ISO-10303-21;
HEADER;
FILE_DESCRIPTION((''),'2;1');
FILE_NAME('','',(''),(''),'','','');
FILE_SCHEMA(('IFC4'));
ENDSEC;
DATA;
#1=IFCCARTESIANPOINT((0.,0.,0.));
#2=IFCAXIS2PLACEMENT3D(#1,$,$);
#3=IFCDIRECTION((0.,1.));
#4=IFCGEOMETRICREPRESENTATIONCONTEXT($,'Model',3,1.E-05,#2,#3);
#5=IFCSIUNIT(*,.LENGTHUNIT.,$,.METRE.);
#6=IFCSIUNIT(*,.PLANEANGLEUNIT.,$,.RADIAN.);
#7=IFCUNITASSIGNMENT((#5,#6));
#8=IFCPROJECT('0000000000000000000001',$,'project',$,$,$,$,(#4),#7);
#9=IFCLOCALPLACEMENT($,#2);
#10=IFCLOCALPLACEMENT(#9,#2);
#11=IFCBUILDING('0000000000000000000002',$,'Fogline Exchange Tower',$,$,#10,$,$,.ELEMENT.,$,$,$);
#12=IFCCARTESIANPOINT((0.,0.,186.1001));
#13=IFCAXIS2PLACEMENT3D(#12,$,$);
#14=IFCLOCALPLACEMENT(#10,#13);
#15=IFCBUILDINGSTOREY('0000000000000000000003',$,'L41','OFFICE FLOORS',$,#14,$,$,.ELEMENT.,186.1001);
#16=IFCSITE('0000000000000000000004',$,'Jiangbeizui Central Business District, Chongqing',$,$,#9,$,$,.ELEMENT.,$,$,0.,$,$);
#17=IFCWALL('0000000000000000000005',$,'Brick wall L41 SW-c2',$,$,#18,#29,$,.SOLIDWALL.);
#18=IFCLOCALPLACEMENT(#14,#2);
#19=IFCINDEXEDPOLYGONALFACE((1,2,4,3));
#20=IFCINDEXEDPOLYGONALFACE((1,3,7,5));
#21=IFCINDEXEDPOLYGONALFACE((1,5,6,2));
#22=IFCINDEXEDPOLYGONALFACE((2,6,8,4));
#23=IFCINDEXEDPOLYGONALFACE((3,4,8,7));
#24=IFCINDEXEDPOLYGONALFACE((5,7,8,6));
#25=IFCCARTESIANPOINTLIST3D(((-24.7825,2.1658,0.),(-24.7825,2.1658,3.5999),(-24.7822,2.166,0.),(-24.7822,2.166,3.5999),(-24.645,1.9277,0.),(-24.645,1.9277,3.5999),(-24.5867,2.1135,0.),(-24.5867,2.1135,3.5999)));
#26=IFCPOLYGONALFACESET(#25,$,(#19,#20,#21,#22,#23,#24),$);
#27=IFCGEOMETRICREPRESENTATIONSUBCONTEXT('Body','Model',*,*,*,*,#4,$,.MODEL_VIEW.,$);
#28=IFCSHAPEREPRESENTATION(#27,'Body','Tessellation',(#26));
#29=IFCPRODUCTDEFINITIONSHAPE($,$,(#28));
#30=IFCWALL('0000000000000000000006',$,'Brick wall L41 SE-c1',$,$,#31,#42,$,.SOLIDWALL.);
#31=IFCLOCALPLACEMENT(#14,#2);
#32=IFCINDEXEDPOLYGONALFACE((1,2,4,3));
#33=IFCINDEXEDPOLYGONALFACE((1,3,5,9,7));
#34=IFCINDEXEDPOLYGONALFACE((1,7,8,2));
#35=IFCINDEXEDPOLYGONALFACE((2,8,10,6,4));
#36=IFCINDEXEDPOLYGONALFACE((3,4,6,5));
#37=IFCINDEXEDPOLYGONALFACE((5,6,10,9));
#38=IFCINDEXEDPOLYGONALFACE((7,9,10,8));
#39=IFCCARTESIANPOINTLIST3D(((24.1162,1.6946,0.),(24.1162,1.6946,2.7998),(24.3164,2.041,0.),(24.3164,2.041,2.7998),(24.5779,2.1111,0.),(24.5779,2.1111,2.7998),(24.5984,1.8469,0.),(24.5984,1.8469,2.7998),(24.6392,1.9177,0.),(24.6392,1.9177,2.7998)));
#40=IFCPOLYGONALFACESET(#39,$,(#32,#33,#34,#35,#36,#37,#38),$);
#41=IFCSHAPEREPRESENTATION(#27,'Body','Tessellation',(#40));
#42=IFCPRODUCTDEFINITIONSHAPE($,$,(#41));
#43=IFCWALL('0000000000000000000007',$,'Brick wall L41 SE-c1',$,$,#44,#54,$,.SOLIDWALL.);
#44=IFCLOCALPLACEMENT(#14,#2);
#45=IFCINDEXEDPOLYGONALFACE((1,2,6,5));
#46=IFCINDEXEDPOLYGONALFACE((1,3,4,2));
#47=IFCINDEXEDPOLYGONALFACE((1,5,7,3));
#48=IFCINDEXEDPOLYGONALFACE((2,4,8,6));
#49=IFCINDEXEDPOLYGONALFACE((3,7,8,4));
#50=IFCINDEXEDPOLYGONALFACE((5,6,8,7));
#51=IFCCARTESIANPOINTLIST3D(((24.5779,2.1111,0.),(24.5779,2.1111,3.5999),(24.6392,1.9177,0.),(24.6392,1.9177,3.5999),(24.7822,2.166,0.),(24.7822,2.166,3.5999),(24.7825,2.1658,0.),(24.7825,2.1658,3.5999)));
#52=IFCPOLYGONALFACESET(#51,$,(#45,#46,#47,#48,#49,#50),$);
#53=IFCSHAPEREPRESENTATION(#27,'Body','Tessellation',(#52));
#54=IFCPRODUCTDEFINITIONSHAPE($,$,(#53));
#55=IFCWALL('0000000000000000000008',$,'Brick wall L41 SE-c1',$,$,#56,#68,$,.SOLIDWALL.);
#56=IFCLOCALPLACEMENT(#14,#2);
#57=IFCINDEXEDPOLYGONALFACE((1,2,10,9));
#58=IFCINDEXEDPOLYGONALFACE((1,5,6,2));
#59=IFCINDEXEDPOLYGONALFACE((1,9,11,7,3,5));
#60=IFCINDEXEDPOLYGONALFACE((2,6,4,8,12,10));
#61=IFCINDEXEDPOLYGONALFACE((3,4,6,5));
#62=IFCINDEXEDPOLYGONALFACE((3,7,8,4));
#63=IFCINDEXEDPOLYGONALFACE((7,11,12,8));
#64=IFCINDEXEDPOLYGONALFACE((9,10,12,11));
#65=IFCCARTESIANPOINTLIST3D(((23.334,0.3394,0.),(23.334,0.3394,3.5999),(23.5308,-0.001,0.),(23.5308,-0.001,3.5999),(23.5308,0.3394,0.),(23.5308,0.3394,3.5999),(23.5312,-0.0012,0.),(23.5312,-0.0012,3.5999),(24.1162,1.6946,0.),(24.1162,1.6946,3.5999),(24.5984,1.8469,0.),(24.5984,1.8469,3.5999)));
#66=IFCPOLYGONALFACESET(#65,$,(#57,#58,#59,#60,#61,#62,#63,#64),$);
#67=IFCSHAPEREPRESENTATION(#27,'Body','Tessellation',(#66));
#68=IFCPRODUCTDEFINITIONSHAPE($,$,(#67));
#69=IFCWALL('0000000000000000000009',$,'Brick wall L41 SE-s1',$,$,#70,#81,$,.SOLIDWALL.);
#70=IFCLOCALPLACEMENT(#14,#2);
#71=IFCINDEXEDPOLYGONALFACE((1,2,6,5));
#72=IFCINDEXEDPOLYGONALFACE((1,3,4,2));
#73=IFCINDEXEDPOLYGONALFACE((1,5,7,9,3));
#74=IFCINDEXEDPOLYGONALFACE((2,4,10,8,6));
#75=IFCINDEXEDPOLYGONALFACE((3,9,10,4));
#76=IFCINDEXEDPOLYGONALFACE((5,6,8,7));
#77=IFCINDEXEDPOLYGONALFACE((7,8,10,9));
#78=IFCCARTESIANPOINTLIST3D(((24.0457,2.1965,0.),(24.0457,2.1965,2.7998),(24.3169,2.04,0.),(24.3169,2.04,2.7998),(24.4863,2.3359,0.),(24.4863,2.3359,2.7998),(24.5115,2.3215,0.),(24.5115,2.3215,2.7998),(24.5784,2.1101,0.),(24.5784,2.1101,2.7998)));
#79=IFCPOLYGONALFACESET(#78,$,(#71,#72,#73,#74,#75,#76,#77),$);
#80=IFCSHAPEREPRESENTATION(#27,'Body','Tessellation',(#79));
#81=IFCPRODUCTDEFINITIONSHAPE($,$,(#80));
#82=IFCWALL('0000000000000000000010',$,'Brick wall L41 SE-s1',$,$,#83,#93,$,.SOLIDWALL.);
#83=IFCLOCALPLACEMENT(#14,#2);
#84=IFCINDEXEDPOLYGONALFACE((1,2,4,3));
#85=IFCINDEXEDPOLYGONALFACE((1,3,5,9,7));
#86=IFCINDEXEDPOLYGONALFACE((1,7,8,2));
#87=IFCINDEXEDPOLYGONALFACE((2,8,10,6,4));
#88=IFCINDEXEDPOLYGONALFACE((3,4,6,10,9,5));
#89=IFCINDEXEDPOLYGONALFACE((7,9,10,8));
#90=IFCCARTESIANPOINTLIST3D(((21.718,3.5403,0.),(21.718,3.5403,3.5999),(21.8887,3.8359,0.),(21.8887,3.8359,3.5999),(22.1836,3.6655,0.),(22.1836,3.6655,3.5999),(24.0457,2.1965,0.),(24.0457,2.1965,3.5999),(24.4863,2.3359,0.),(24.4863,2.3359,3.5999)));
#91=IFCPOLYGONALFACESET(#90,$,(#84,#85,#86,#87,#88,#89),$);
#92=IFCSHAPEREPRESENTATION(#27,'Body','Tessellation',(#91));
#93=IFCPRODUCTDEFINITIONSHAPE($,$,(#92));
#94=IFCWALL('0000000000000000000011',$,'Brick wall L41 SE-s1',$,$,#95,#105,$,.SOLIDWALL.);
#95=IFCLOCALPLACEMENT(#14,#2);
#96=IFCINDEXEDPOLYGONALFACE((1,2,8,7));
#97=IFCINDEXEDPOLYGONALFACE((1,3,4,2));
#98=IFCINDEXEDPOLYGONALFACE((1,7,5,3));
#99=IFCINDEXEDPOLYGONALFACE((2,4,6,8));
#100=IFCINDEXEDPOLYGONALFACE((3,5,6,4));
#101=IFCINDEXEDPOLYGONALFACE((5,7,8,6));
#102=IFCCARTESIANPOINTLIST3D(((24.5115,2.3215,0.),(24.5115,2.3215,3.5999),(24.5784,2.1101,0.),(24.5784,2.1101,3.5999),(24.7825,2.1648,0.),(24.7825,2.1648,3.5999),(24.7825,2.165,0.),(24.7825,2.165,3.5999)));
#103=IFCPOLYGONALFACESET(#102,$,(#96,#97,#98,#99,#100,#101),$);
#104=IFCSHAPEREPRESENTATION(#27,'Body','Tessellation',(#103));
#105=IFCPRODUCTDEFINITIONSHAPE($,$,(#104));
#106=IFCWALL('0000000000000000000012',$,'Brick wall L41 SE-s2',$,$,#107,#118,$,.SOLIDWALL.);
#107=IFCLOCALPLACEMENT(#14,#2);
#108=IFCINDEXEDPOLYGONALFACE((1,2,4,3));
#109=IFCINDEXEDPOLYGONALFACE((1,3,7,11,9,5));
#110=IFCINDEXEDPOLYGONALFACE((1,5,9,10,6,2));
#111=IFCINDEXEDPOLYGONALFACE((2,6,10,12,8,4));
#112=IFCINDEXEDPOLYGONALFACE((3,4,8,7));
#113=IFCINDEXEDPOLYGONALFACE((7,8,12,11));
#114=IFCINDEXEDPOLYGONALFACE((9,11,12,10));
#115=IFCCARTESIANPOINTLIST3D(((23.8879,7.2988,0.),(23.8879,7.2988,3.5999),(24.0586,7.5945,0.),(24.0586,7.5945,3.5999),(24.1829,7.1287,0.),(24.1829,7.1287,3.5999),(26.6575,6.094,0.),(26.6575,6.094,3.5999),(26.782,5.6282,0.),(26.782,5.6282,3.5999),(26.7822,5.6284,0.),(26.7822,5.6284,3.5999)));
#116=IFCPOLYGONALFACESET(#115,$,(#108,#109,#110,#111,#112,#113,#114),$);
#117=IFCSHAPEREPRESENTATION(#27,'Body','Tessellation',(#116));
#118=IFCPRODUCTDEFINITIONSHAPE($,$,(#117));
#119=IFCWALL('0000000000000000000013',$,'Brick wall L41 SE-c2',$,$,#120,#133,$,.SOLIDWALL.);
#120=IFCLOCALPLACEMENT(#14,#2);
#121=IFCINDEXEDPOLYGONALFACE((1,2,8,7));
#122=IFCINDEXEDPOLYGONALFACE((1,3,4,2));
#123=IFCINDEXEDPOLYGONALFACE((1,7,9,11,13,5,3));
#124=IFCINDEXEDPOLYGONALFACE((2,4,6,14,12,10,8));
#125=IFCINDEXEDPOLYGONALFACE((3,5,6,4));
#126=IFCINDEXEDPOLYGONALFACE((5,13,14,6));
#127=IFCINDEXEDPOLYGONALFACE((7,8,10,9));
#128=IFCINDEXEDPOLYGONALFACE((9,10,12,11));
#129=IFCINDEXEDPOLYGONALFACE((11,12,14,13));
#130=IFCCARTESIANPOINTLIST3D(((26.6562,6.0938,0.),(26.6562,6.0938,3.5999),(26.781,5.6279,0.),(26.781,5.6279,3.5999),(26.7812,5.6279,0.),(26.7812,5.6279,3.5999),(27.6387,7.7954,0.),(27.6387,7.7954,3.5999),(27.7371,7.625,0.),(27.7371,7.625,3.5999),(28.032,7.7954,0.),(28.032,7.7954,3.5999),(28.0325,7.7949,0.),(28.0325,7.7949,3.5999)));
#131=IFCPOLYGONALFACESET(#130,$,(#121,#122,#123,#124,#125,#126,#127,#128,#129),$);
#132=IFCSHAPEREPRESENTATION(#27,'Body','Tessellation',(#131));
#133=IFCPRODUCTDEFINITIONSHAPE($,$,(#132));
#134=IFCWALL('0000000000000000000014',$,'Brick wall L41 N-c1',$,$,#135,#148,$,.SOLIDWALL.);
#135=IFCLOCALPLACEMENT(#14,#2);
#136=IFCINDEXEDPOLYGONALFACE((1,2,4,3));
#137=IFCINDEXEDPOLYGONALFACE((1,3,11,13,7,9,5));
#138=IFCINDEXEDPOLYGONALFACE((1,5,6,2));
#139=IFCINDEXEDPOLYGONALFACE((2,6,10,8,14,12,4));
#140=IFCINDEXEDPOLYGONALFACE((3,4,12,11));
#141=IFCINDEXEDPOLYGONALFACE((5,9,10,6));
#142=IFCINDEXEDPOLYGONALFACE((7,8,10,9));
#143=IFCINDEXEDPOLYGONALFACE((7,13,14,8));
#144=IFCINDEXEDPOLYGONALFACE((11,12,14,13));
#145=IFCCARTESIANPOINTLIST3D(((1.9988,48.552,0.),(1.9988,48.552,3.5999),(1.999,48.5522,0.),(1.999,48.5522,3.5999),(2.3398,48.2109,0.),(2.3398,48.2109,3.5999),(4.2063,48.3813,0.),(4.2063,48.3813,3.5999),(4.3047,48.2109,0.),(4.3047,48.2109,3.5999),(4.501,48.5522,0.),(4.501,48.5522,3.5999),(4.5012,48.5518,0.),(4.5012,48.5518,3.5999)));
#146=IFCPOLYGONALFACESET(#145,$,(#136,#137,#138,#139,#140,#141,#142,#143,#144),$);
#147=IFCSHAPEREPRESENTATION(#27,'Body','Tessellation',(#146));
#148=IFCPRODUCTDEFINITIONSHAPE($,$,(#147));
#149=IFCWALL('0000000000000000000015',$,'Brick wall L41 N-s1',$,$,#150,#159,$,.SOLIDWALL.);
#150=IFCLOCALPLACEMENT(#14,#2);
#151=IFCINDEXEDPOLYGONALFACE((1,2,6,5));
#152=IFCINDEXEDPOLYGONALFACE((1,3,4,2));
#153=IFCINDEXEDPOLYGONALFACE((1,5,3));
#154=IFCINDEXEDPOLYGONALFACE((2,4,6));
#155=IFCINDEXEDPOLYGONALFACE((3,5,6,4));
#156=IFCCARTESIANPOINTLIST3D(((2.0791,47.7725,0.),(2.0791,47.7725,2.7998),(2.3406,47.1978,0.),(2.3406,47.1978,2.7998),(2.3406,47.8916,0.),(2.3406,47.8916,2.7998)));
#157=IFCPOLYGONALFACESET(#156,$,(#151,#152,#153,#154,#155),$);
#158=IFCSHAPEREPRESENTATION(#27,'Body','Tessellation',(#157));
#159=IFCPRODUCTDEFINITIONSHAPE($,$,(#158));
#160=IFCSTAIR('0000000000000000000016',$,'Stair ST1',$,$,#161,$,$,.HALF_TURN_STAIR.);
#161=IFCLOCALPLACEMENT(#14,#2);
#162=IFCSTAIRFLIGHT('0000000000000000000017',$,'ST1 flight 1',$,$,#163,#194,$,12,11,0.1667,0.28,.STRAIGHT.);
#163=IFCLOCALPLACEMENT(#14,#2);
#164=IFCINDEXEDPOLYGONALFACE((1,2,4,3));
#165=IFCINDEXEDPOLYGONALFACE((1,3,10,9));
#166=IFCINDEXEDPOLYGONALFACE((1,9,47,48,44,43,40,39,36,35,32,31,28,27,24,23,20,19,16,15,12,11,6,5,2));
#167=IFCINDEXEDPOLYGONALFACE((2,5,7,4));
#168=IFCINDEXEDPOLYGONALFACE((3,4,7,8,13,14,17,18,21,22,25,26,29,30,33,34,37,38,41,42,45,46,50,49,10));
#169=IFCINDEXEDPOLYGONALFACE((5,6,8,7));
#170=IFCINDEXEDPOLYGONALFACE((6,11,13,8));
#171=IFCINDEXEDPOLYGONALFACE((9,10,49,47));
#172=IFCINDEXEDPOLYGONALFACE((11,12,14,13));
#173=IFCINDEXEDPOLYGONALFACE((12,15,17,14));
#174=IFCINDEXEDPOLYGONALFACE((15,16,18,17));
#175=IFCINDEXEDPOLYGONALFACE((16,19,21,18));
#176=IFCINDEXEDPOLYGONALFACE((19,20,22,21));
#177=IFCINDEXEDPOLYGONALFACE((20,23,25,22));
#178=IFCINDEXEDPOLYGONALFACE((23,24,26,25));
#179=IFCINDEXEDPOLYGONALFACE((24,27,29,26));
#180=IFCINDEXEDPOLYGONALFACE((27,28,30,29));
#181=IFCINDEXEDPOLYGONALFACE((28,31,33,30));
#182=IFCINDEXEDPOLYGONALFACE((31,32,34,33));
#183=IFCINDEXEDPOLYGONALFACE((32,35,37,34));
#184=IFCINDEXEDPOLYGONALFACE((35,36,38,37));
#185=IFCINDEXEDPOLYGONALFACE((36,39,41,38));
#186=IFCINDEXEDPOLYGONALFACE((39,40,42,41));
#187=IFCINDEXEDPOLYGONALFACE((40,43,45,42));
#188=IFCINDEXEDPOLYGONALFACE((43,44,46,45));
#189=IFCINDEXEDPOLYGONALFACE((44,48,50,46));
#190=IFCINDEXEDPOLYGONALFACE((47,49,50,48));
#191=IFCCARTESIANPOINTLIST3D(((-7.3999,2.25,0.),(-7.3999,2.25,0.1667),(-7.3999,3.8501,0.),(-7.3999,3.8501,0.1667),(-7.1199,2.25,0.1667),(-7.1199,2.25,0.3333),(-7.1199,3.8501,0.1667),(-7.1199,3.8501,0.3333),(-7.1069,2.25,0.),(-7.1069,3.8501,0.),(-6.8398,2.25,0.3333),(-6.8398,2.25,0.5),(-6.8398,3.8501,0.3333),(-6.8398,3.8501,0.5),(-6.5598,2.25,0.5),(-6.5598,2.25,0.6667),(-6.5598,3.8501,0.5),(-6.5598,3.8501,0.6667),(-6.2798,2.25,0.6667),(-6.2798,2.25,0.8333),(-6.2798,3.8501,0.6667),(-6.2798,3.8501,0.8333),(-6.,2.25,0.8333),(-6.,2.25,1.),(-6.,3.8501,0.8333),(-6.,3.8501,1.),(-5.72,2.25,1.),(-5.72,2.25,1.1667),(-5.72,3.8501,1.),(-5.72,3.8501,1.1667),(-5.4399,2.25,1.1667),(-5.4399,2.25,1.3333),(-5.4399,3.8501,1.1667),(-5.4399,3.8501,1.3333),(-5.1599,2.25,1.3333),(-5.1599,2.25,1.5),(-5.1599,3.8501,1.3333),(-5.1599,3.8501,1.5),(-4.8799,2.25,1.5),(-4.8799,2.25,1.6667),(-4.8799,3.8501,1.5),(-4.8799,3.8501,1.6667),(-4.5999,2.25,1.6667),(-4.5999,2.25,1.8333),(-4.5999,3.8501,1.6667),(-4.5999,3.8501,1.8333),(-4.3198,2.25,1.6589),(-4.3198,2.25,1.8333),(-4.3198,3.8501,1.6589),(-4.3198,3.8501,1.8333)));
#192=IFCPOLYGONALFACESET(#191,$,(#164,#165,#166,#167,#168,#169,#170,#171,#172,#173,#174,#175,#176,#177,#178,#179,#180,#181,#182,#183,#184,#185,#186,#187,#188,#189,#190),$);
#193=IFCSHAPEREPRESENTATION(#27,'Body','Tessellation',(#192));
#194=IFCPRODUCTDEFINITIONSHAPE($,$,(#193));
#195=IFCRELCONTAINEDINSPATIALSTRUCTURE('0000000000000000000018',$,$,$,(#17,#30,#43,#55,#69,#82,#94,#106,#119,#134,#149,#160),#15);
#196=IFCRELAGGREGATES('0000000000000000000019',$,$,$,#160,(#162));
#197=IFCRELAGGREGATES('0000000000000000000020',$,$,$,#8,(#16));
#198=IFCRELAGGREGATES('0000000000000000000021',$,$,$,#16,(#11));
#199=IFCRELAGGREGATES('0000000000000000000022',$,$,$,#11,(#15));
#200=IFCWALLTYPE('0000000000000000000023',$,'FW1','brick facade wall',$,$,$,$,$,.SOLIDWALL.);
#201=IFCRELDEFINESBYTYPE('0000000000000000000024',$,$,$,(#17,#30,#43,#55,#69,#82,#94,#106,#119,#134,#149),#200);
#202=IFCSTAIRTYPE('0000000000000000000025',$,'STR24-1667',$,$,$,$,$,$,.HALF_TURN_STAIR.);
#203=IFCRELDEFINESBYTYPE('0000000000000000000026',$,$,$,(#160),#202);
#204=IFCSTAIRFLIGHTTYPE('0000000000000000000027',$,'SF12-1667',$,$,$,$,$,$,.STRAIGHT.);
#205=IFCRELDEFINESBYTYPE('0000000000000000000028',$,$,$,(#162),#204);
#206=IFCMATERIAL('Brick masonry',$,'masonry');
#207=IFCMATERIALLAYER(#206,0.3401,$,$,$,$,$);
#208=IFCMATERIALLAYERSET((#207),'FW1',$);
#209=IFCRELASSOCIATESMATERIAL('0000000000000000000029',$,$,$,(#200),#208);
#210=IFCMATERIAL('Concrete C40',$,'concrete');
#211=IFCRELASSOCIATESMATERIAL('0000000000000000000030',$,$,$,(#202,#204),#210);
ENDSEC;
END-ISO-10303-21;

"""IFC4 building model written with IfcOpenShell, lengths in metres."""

from ifc_helpers import new_model, si_unit, direction, frame, origin, place, context, subcontext, project, spatial, polyline, outline, extrude, material, layer, layer_set, type_object, element, aggregate, save


model = new_model("IFC4")

# Units and contexts
model_context = context("Model", 3, precision=1e-05, world=origin(), true_north=direction((0.0, 1.0)))
body_context = subcontext(model_context, "Body", "Model", "MODEL_VIEW")
ifc_project = project(units=[si_unit("LENGTHUNIT", "METRE"), si_unit("PLANEANGLEUNIT", "RADIAN")], contexts=[model_context])

# Site, building, storey
site_placement = place(None, origin())
site = spatial("IfcSite", under=ifc_project, at=site_placement, Name="Jiangbeizui Central Business District, Chongqing", CompositionType="ELEMENT", RefElevation=0.0)
building_placement = place(site_placement, origin())
building = spatial("IfcBuilding", under=site, at=building_placement, Name="Fogline Exchange Tower", CompositionType="ELEMENT")
storey_placement = place(building_placement, frame((0.0, 0.0, 186.1001)))
storey = spatial("IfcBuildingStorey", under=building, at=storey_placement, Name="L41", Description="OFFICE FLOORS", CompositionType="ELEMENT", Elevation=186.1001)

# Shared definitions
ifc_material_1 = material(Name="Concrete C40", Category="concrete")

# Walls
ifc_material_2 = material(Name="Brick masonry", Category="masonry")
ifc_layer_1 = layer(ifc_material_2, 0.3401)
ifc_layer_set_1 = layer_set([ifc_layer_1], Name="FW1")
wall_type_1 = type_object("IfcWallType", Name="FW1", Description="brick facade wall", PredefinedType="SOLIDWALL", material=ifc_layer_set_1)
wall_1_placement = place(storey_placement, origin())
element("IfcWall", 1, at=wall_1_placement, inside=storey, type_object=wall_type_1, Name="Brick wall L41 SW-c2", PredefinedType="SOLIDWALL", context=body_context, shape_type="SweptSolid", body=[
    extrude(outline(polyline([(-24.7825, 2.1658), (-24.7822, 2.166), (-24.5867, 2.1135), (-24.645, 1.9277), (-24.7825, 2.1658)])), origin(), (0.0, 0.0, 1.0), 3.5999),
])
wall_2_placement = place(storey_placement, origin())
element("IfcWall", 2, at=wall_2_placement, inside=storey, type_object=wall_type_1, Name="Brick wall L41 SE-c1", PredefinedType="SOLIDWALL", context=body_context, shape_type="SweptSolid", body=[
    extrude(outline(polyline([(24.5984, 1.8469), (24.1162, 1.6946), (24.3164, 2.041), (24.5779, 2.1111), (24.6392, 1.9177), (24.5984, 1.8469)])), origin(), (0.0, 0.0, 1.0), 2.7998),
])
wall_3_placement = place(storey_placement, origin())
element("IfcWall", 3, at=wall_3_placement, inside=storey, type_object=wall_type_1, Name="Brick wall L41 SE-c1", PredefinedType="SOLIDWALL", context=body_context, shape_type="SweptSolid", body=[
    extrude(outline(polyline([(24.6392, 1.9177), (24.5779, 2.1111), (24.7822, 2.166), (24.7825, 2.1658), (24.6392, 1.9177)])), origin(), (0.0, 0.0, 1.0), 3.5999),
])
wall_4_placement = place(storey_placement, origin())
element("IfcWall", 4, at=wall_4_placement, inside=storey, type_object=wall_type_1, Name="Brick wall L41 SE-c1", PredefinedType="SOLIDWALL", context=body_context, shape_type="SweptSolid", body=[
    extrude(outline(polyline([(23.5312, -0.0012), (23.5308, -0.001), (23.5308, 0.3394), (23.334, 0.3394), (24.1162, 1.6946), (24.5984, 1.8469), (23.5312, -0.0012)])), origin(), (0.0, 0.0, 1.0), 3.5999),
])
wall_5_placement = place(storey_placement, origin())
element("IfcWall", 5, at=wall_5_placement, inside=storey, type_object=wall_type_1, Name="Brick wall L41 SE-s1", PredefinedType="SOLIDWALL", context=body_context, shape_type="SweptSolid", body=[
    extrude(outline(polyline([(24.5115, 2.3215), (24.5784, 2.1101), (24.3169, 2.04), (24.0457, 2.1965), (24.4863, 2.3359), (24.5115, 2.3215)])), origin(), (0.0, 0.0, 1.0), 2.7998),
])
wall_6_placement = place(storey_placement, origin())
element("IfcWall", 6, at=wall_6_placement, inside=storey, type_object=wall_type_1, Name="Brick wall L41 SE-s1", PredefinedType="SOLIDWALL", context=body_context, shape_type="SweptSolid", body=[
    extrude(outline(polyline([(21.8887, 3.8359), (22.1836, 3.6655), (24.4863, 2.3359), (24.0457, 2.1965), (21.718, 3.5403), (21.8887, 3.8359)])), origin(), (0.0, 0.0, 1.0), 3.5999),
])
wall_7_placement = place(storey_placement, origin())
element("IfcWall", 7, at=wall_7_placement, inside=storey, type_object=wall_type_1, Name="Brick wall L41 SE-s1", PredefinedType="SOLIDWALL", context=body_context, shape_type="SweptSolid", body=[
    extrude(outline(polyline([(24.7825, 2.165), (24.7825, 2.1648), (24.5784, 2.1101), (24.5115, 2.3215), (24.7825, 2.165)])), origin(), (0.0, 0.0, 1.0), 3.5999),
])
wall_8_placement = place(storey_placement, origin())
element("IfcWall", 8, at=wall_8_placement, inside=storey, type_object=wall_type_1, Name="Brick wall L41 SE-s2", PredefinedType="SOLIDWALL", context=body_context, shape_type="SweptSolid", body=[
    extrude(outline(polyline([(26.782, 5.6282), (24.1829, 7.1287), (23.8879, 7.2988), (24.0586, 7.5945), (26.6575, 6.094), (26.7822, 5.6284), (26.782, 5.6282)])), origin(), (0.0, 0.0, 1.0), 3.5999),
])
wall_9_placement = place(storey_placement, origin())
element("IfcWall", 9, at=wall_9_placement, inside=storey, type_object=wall_type_1, Name="Brick wall L41 SE-c2", PredefinedType="SOLIDWALL", context=body_context, shape_type="SweptSolid", body=[
    extrude(outline(polyline([(27.6387, 7.7954), (27.7371, 7.625), (28.032, 7.7954), (28.0325, 7.7949), (26.7812, 5.6279), (26.781, 5.6279), (26.6562, 6.0938), (27.6387, 7.7954)])), origin(), (0.0, 0.0, 1.0), 3.5999),
])
wall_10_placement = place(storey_placement, origin())
element("IfcWall", 10, at=wall_10_placement, inside=storey, type_object=wall_type_1, Name="Brick wall L41 N-c1", PredefinedType="SOLIDWALL", context=body_context, shape_type="SweptSolid", body=[
    extrude(outline(polyline([(1.999, 48.5522), (4.501, 48.5522), (4.5012, 48.5518), (4.2063, 48.3813), (4.3047, 48.2109), (2.3398, 48.2109), (1.9988, 48.552), (1.999, 48.5522)])), origin(), (0.0, 0.0, 1.0), 3.5999),
])
wall_11_placement = place(storey_placement, origin())
element("IfcWall", 11, at=wall_11_placement, inside=storey, type_object=wall_type_1, Name="Brick wall L41 N-s1", PredefinedType="SOLIDWALL", context=body_context, shape_type="SweptSolid", body=[
    extrude(outline(polyline([(2.3406, 47.1978), (2.0791, 47.7725), (2.3406, 47.8916), (2.3406, 47.1978)])), origin(), (0.0, 0.0, 1.0), 2.7998),
])

# Stair, stair flight
stair_type = type_object("IfcStairType", Name="STR24-1667", PredefinedType="HALF_TURN_STAIR", material=ifc_material_1)
stair_placement = place(storey_placement, origin())
stair = element("IfcStair", 12, at=stair_placement, inside=storey, type_object=stair_type, Name="Stair ST1", PredefinedType="HALF_TURN_STAIR")
stair_flight_type = type_object("IfcStairFlightType", Name="SF12-1667", PredefinedType="STRAIGHT", material=ifc_material_1)
stair_flight_1_placement = place(storey_placement, frame((-7.3999, 3.05, 0.0), z_axis=(0.0, 0.0, 1.0), x_axis=(1.0, 0.0, 0.0)))
stair_flight_1 = element("IfcStairFlight", 13, at=stair_flight_1_placement, type_object=stair_flight_type, Name="ST1 flight 1", NumberOfRisers=12, NumberOfTreads=11, PredefinedType="STRAIGHT", RiserHeight=0.1667, TreadLength=0.28, context=body_context, shape_type="SweptSolid", body=[
    extrude(outline(polyline([(0.0, 0.0), (0.0, 0.1667), (0.28, 0.1667), (0.28, 0.3333), (0.5601, 0.3333), (0.5601, 0.5), (0.8401, 0.5), (0.8401, 0.6667), (1.1201, 0.6667), (1.1201, 0.8333), (1.3999, 0.8333), (1.3999, 1.0), (1.6799, 1.0), (1.6799, 1.1667), (1.96, 1.1667), (1.96, 1.3333), (2.24, 1.3333), (2.24, 1.5), (2.52, 1.5), (2.52, 1.6667), (2.8, 1.6667), (2.8, 1.8333), (3.0801, 1.8333), (3.0801, 2.0), (3.0801, 1.6589), (0.293, 0.0), (0.0, 0.0)])), frame((0.0, 0.8, 0.0), z_axis=(0.0, -1.0, 0.0), x_axis=(1.0, 0.0, 0.0)), (0.0, 0.0, 1.0), 1.6001),
])
aggregate(stair, [stair_flight_1])

save(model, "model.ifc")
